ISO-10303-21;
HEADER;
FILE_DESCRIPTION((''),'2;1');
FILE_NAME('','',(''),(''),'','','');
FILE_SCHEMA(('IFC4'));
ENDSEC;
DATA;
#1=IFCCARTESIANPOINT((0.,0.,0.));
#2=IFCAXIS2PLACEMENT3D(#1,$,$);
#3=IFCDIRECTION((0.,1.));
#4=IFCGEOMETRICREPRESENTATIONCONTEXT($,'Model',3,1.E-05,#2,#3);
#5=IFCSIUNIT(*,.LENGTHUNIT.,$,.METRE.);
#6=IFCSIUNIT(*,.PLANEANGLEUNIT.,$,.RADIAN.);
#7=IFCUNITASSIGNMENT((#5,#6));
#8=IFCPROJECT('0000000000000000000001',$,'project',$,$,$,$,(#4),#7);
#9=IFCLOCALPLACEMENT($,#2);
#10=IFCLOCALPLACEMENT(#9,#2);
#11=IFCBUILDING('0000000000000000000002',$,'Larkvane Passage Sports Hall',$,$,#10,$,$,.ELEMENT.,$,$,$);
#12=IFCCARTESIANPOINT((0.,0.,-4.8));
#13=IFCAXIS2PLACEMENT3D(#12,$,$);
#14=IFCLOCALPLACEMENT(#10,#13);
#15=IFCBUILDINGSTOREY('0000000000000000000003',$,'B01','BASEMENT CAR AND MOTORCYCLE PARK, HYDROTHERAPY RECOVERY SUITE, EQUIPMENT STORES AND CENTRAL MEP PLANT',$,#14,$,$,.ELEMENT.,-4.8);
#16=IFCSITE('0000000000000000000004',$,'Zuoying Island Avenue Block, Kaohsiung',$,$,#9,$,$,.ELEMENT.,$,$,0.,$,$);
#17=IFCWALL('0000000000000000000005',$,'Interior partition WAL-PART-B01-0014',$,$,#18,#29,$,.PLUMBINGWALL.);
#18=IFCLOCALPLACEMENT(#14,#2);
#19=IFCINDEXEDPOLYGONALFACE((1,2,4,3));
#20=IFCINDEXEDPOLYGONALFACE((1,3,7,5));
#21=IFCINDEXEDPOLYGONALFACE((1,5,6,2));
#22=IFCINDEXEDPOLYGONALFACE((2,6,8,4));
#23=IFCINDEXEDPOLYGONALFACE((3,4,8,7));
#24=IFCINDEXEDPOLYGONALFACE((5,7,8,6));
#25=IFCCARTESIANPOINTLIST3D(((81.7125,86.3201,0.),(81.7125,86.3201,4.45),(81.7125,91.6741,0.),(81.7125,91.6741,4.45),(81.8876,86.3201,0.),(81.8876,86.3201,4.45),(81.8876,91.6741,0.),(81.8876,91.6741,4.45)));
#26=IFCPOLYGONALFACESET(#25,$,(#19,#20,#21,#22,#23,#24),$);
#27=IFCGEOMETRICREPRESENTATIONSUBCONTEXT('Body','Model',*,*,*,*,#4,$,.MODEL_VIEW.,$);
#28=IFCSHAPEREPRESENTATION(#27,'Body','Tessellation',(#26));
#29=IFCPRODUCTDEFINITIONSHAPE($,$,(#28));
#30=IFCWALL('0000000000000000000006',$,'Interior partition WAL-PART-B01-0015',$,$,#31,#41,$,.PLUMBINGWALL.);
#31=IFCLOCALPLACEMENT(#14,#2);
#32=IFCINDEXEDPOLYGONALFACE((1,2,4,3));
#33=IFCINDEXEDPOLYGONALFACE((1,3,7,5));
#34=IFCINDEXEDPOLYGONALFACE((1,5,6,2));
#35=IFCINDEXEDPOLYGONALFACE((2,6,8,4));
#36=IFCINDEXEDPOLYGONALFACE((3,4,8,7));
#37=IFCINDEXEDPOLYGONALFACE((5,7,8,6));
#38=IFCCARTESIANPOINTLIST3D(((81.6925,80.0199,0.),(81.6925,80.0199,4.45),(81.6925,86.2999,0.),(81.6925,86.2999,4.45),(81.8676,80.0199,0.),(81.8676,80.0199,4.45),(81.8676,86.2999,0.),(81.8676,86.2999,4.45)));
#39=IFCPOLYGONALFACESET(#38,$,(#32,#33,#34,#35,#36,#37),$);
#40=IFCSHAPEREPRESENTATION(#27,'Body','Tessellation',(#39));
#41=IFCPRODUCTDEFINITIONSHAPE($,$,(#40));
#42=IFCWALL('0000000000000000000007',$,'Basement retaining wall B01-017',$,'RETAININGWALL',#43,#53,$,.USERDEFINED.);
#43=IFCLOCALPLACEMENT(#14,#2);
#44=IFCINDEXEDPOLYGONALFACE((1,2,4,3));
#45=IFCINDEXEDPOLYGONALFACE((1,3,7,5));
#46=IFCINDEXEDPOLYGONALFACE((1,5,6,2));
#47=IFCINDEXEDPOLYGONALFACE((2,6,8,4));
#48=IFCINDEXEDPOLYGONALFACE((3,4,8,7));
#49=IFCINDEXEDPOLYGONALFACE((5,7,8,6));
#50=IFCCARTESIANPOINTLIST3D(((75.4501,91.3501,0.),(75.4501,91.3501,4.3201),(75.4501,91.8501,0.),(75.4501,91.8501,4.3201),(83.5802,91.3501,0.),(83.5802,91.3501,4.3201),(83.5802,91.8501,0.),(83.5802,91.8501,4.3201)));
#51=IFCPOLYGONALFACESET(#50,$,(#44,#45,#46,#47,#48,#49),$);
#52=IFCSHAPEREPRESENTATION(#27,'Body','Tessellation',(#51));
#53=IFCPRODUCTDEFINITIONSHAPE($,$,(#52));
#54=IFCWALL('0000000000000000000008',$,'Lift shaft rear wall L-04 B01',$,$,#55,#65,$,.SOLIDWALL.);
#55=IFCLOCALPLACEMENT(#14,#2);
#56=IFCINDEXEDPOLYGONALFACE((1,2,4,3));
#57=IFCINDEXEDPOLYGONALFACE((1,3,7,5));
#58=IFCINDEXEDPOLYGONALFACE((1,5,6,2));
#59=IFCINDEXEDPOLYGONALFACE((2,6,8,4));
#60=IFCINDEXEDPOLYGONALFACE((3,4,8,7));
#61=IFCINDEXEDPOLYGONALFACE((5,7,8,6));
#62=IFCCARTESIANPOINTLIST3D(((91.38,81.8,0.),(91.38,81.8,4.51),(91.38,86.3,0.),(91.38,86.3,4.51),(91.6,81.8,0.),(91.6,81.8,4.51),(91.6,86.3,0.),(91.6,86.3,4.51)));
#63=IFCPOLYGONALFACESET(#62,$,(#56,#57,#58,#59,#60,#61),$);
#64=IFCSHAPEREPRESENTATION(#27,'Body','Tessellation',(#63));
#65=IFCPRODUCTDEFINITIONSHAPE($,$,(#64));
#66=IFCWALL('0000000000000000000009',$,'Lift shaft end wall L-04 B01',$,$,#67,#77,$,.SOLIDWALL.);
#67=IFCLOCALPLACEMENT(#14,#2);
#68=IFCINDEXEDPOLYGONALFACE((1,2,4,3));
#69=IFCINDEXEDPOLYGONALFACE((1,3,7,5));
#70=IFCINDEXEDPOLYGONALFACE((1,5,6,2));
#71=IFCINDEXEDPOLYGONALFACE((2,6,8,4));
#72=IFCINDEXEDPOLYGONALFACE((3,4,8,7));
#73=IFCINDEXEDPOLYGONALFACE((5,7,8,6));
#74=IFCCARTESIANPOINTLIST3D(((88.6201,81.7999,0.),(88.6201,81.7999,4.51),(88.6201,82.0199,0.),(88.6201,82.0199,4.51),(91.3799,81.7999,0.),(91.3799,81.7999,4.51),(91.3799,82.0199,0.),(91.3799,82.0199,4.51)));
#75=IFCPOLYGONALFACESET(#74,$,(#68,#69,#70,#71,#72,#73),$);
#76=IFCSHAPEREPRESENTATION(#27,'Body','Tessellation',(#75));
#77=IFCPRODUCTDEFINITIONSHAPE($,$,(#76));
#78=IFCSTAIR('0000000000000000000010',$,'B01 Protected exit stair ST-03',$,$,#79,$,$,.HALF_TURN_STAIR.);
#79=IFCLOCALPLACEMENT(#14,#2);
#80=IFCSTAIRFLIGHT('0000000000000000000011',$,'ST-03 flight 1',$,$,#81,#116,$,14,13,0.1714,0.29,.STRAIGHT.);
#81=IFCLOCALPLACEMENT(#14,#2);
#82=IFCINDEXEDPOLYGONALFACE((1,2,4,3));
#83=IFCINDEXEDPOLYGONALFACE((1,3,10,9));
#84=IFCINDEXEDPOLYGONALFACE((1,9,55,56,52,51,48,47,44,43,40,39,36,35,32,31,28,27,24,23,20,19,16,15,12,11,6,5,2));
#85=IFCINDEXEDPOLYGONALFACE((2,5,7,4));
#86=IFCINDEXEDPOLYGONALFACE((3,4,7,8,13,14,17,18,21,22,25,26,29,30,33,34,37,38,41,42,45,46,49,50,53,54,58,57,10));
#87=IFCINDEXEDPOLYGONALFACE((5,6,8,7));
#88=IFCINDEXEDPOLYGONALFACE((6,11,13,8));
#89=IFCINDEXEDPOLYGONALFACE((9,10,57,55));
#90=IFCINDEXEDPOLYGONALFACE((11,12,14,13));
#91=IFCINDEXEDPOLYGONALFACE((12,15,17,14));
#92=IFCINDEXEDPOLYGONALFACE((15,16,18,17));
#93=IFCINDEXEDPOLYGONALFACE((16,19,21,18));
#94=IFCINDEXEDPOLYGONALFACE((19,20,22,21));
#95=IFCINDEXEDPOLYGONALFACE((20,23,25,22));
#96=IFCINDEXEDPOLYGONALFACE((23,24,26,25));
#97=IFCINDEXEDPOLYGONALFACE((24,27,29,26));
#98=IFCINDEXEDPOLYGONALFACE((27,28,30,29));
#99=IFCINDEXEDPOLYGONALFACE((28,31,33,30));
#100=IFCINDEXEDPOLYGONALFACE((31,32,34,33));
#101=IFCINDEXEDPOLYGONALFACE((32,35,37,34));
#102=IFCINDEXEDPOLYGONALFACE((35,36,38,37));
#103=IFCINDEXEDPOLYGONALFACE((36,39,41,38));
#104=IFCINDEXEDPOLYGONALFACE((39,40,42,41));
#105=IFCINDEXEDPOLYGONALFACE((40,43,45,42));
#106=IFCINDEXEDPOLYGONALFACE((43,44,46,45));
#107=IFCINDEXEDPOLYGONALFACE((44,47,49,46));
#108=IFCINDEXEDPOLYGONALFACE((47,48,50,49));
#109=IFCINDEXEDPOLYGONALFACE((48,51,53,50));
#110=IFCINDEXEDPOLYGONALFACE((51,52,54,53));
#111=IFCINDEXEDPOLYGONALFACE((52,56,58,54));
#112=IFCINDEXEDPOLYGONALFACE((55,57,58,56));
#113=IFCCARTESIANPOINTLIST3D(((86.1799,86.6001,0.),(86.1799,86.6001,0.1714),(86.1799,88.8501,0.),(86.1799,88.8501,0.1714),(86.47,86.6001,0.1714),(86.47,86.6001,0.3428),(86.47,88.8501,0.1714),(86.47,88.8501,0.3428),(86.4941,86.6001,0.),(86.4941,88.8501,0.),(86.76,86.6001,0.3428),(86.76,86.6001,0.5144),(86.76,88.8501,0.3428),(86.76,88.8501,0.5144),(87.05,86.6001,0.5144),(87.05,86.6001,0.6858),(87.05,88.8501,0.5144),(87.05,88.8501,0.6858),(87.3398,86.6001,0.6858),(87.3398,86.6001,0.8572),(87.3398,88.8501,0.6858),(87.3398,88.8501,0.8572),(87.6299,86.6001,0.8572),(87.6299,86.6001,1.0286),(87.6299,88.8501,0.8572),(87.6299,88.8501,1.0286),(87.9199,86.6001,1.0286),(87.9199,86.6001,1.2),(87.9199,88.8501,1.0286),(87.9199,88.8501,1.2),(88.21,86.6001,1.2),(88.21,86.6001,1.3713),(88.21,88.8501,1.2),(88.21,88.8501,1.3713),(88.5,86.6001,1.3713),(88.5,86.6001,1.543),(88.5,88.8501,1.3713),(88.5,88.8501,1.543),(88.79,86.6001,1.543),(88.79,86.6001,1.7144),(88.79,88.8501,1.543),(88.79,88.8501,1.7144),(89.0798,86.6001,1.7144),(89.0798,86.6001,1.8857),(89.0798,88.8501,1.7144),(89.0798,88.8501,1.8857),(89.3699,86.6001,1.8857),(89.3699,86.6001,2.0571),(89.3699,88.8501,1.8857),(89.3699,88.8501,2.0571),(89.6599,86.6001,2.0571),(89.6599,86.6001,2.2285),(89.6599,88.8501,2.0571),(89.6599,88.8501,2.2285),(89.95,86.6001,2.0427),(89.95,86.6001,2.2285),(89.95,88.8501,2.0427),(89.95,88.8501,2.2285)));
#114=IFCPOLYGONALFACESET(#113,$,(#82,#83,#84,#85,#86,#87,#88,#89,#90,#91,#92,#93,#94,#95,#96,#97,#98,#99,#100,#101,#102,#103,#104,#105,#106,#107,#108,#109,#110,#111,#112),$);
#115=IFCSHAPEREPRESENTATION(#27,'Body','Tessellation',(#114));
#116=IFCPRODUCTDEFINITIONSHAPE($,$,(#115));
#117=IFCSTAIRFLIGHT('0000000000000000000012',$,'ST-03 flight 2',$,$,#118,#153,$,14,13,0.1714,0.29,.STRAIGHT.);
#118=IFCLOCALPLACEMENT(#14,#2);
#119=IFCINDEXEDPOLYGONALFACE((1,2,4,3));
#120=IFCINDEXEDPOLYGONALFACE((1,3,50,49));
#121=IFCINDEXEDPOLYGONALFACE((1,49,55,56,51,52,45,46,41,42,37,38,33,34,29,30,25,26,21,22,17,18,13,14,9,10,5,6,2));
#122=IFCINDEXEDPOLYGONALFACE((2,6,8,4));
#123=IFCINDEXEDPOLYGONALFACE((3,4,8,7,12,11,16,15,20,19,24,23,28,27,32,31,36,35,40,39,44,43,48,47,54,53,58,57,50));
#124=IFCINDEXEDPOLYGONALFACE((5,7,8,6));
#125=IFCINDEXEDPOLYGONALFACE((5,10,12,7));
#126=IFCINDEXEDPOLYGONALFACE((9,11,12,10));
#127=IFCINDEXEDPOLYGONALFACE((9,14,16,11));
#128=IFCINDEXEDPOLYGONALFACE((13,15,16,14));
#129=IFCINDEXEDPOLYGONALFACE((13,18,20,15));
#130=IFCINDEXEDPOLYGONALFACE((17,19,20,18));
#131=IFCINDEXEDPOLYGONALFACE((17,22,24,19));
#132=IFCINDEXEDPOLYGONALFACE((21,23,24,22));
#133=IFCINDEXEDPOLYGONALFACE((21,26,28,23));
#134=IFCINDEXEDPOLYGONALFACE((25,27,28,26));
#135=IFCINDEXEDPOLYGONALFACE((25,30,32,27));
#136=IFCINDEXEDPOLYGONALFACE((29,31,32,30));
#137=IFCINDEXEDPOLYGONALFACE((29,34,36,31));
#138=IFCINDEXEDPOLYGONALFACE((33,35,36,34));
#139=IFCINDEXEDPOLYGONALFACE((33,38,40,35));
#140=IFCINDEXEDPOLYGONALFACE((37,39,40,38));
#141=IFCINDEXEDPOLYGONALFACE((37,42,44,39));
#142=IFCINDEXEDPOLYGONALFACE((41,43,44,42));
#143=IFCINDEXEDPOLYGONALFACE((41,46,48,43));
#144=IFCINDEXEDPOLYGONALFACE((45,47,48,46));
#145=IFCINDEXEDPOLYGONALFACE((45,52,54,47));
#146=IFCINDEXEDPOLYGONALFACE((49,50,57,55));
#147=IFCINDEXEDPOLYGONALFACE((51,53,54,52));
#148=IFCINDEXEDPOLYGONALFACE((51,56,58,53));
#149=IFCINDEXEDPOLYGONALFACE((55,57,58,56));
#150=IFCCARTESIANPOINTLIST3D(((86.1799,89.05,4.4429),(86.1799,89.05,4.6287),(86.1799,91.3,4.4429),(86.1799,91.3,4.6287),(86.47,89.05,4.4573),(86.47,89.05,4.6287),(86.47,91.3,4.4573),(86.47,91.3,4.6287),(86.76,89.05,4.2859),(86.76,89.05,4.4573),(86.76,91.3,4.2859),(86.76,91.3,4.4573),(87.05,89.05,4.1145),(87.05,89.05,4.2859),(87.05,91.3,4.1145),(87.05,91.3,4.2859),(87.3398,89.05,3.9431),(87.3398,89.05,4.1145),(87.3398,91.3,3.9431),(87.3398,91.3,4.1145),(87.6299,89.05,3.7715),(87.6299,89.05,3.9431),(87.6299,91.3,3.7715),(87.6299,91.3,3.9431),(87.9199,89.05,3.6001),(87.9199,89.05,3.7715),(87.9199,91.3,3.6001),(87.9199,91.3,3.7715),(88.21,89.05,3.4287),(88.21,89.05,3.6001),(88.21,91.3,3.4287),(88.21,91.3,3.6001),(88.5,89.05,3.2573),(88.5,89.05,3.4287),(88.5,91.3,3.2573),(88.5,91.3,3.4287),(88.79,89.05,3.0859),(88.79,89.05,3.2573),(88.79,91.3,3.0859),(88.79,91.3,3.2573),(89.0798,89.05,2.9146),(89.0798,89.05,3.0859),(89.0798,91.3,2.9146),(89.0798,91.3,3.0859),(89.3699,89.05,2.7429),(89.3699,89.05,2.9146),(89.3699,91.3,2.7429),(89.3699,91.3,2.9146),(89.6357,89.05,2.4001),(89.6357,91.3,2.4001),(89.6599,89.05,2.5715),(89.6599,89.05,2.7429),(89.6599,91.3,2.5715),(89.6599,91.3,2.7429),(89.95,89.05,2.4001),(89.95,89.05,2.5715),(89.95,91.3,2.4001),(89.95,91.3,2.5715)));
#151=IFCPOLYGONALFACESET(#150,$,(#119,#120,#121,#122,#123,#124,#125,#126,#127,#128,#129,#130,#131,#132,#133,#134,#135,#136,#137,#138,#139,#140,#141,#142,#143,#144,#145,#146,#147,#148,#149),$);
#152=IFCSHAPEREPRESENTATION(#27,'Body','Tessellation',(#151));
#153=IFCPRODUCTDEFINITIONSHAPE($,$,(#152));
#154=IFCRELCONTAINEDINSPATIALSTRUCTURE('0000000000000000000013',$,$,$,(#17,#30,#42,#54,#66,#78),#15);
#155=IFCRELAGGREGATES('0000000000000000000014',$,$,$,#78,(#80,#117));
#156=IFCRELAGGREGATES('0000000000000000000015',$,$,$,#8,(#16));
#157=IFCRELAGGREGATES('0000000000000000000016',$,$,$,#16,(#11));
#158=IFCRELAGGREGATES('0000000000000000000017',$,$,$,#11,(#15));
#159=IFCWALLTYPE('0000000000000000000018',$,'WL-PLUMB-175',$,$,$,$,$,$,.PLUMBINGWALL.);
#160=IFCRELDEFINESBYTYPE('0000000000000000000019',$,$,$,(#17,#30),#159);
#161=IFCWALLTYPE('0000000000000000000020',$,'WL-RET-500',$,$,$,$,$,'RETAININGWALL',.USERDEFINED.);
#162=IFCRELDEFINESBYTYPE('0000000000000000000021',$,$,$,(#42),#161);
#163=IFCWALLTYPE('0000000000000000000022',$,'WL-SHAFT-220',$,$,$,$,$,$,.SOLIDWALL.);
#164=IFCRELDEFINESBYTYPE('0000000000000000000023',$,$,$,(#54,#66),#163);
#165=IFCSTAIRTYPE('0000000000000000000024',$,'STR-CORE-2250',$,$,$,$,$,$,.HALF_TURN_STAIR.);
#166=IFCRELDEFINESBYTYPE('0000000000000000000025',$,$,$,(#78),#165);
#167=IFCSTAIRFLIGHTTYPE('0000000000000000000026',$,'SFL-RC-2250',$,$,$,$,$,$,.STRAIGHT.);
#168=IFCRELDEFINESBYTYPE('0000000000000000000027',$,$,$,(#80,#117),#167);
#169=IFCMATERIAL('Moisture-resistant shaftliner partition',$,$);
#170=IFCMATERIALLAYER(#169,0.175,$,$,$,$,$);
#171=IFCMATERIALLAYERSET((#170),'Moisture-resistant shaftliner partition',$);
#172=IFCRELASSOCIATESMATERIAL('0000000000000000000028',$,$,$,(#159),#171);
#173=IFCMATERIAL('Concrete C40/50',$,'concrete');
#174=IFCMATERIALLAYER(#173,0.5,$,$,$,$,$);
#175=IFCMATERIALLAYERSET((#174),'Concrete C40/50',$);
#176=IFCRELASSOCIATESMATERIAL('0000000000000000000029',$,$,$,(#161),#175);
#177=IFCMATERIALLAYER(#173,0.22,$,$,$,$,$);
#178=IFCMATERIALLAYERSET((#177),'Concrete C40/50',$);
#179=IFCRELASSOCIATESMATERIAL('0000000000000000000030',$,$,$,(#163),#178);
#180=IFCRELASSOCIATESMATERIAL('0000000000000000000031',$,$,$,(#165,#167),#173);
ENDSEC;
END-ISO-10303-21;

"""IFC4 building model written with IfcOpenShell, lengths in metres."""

from ifc_helpers import new_model, si_unit, direction, frame, frame_2d, origin, place, context, subcontext, project, spatial, polyline, rectangle, outline, extrude, material, layer, layer_set, type_object, element, aggregate, save


model = new_model("IFC4")

# Units and contexts
model_context = context("Model", 3, precision=1e-05, world=origin(), true_north=direction((0.0, 1.0)))
body_context = subcontext(model_context, "Body", "Model", "MODEL_VIEW")
ifc_project = project(units=[si_unit("LENGTHUNIT", "METRE"), si_unit("PLANEANGLEUNIT", "RADIAN")], contexts=[model_context])

# Site, building, storey
site_placement = place(None, origin())
site = spatial("IfcSite", under=ifc_project, at=site_placement, Name="Zuoying Island Avenue Block, Kaohsiung", CompositionType="ELEMENT", RefElevation=0.0)
building_placement = place(site_placement, origin())
building = spatial("IfcBuilding", under=site, at=building_placement, Name="Larkvane Passage Sports Hall", CompositionType="ELEMENT")
storey_placement = place(building_placement, frame((0.0, 0.0, -4.8)))
storey = spatial("IfcBuildingStorey", under=building, at=storey_placement, Name="B01", Description="BASEMENT CAR AND MOTORCYCLE PARK, HYDROTHERAPY RECOVERY SUITE, EQUIPMENT STORES AND CENTRAL MEP PLANT", CompositionType="ELEMENT", Elevation=-4.8)

# Shared definitions
ifc_material_1 = material(Name="Concrete C40/50", Category="concrete")

# Walls
ifc_material_2 = material(Name="Moisture-resistant shaftliner partition")
ifc_layer_1 = layer(ifc_material_2, 0.175)
ifc_layer_set_1 = layer_set([ifc_layer_1], Name="Moisture-resistant shaftliner partition")
wall_type_1 = type_object("IfcWallType", Name="WL-PLUMB-175", PredefinedType="PLUMBINGWALL", material=ifc_layer_set_1)
wall_1_placement = place(storey_placement, frame((81.8, 91.6741, 0.0), z_axis=(0.0, 0.0, 1.0), x_axis=(0.0, -1.0, 0.0)))
element("IfcWall", 1, at=wall_1_placement, inside=storey, type_object=wall_type_1, Name="Interior partition WAL-PART-B01-0014", PredefinedType="PLUMBINGWALL", context=body_context, shape_type="SweptSolid", body=[
    extrude(rectangle(XDim=5.354, YDim=0.175, at=frame_2d((2.677, 0.0))), origin(), (0.0, 0.0, 1.0), 4.45),
])
wall_2_placement = place(storey_placement, frame((81.78, 86.3, 0.0), z_axis=(0.0, 0.0, 1.0), x_axis=(0.0, -1.0, 0.0)))
element("IfcWall", 2, at=wall_2_placement, inside=storey, type_object=wall_type_1, Name="Interior partition WAL-PART-B01-0015", PredefinedType="PLUMBINGWALL", context=body_context, shape_type="SweptSolid", body=[
    extrude(rectangle(XDim=6.28, YDim=0.175, at=frame_2d((3.1401, 0.0))), origin(), (0.0, 0.0, 1.0), 4.45),
])
ifc_layer_2 = layer(ifc_material_1, 0.5)
ifc_layer_set_2 = layer_set([ifc_layer_2], Name="Concrete C40/50")
wall_type_2 = type_object("IfcWallType", Name="WL-RET-500", ElementType="RETAININGWALL", PredefinedType="USERDEFINED", material=ifc_layer_set_2)
wall_3_placement = place(storey_placement, frame((83.5801, 91.6001, 0.0), z_axis=(0.0, 0.0, 1.0), x_axis=(-1.0, 0.0, 0.0)))
element("IfcWall", 3, at=wall_3_placement, inside=storey, type_object=wall_type_2, Name="Basement retaining wall B01-017", ObjectType="RETAININGWALL", PredefinedType="USERDEFINED", context=body_context, shape_type="SweptSolid", body=[
    extrude(rectangle(XDim=8.1301, YDim=0.5, at=frame_2d((4.0649, 0.0))), origin(), (0.0, 0.0, 1.0), 4.3201),
])
ifc_layer_3 = layer(ifc_material_1, 0.22)
ifc_layer_set_3 = layer_set([ifc_layer_3], Name="Concrete C40/50")
wall_type_3 = type_object("IfcWallType", Name="WL-SHAFT-220", PredefinedType="SOLIDWALL", material=ifc_layer_set_3)
wall_4_placement = place(storey_placement, frame((91.49, 81.8, 0.0), z_axis=(0.0, 0.0, 1.0), x_axis=(0.0, 1.0, 0.0)))
element("IfcWall", 4, at=wall_4_placement, inside=storey, type_object=wall_type_3, Name="Lift shaft rear wall L-04 B01", PredefinedType="SOLIDWALL", context=body_context, shape_type="SweptSolid", body=[
    extrude(rectangle(XDim=4.5, YDim=0.22, at=frame_2d((2.25, 0.0))), origin(), (0.0, 0.0, 1.0), 4.51),
])
wall_5_placement = place(storey_placement, frame((88.6201, 81.9099, 0.0), z_axis=(0.0, 0.0, 1.0), x_axis=(1.0, 0.0, 0.0)))
element("IfcWall", 5, at=wall_5_placement, inside=storey, type_object=wall_type_3, Name="Lift shaft end wall L-04 B01", PredefinedType="SOLIDWALL", context=body_context, shape_type="SweptSolid", body=[
    extrude(rectangle(XDim=2.7598, YDim=0.22, at=frame_2d((1.3799, 0.0))), origin(), (0.0, 0.0, 1.0), 4.51),
])

# Stair, stair flights
stair_type = type_object("IfcStairType", Name="STR-CORE-2250", PredefinedType="HALF_TURN_STAIR", material=ifc_material_1)
stair_placement = place(storey_placement, origin())
stair = element("IfcStair", 6, at=stair_placement, inside=storey, type_object=stair_type, Name="B01 Protected exit stair ST-03", PredefinedType="HALF_TURN_STAIR")
stair_flight_type = type_object("IfcStairFlightType", Name="SFL-RC-2250", PredefinedType="STRAIGHT", material=ifc_material_1)
stair_flight_1_placement = place(storey_placement, frame((86.1799, 87.7251, 0.0), z_axis=(0.0, 0.0, 1.0), x_axis=(1.0, 0.0, 0.0)))
stair_flight_1 = element("IfcStairFlight", 7, at=stair_flight_1_placement, type_object=stair_flight_type, Name="ST-03 flight 1", NumberOfRisers=14, NumberOfTreads=13, PredefinedType="STRAIGHT", RiserHeight=0.1714, TreadLength=0.29, context=body_context, shape_type="SweptSolid", body=[
    extrude(outline(polyline([(0.0, 0.0), (0.0, 0.1714), (0.29, 0.1714), (0.29, 0.3428), (0.5801, 0.3428), (0.5801, 0.5144), (0.8701, 0.5144), (0.8701, 0.6858), (1.1599, 0.6858), (1.1599, 0.8572), (1.45, 0.8572), (1.45, 1.0286), (1.74, 1.0286), (1.74, 1.2), (2.03, 1.2), (2.03, 1.3713), (2.3201, 1.3713), (2.3201, 1.543), (2.6101, 1.543), (2.6101, 1.7144), (2.8999, 1.7144), (2.8999, 1.8857), (3.1899, 1.8857), (3.1899, 2.0571), (3.48, 2.0571), (3.48, 2.2285), (3.77, 2.2285), (3.77, 2.3999), (3.77, 2.0427), (0.3142, 0.0), (0.0, 0.0)])), frame((0.0, 1.125, 0.0), z_axis=(0.0, -1.0, 0.0), x_axis=(1.0, 0.0, 0.0)), (0.0, 0.0, 1.0), 2.25),
])
stair_flight_2_placement = place(storey_placement, frame((89.95, 90.175, 2.4001), z_axis=(0.0, 0.0, 1.0), x_axis=(-1.0, 0.0, 0.0)))
stair_flight_2 = element("IfcStairFlight", 8, at=stair_flight_2_placement, type_object=stair_flight_type, Name="ST-03 flight 2", NumberOfRisers=14, NumberOfTreads=13, PredefinedType="STRAIGHT", RiserHeight=0.1714, TreadLength=0.29, context=body_context, shape_type="SweptSolid", body=[
    extrude(outline(polyline([(0.0, 0.0), (0.0, 0.1714), (0.29, 0.1714), (0.29, 0.3428), (0.5801, 0.3428), (0.5801, 0.5144), (0.8701, 0.5144), (0.8701, 0.6858), (1.1599, 0.6858), (1.1599, 0.8572), (1.45, 0.8572), (1.45, 1.0286), (1.74, 1.0286), (1.74, 1.2), (2.03, 1.2), (2.03, 1.3713), (2.3201, 1.3713), (2.3201, 1.543), (2.6101, 1.543), (2.6101, 1.7144), (2.8999, 1.7144), (2.8999, 1.8857), (3.1899, 1.8857), (3.1899, 2.0571), (3.48, 2.0571), (3.48, 2.2285), (3.77, 2.2285), (3.77, 2.3999), (3.77, 2.0427), (0.3142, 0.0), (0.0, 0.0)])), frame((0.0, 1.125, 0.0), z_axis=(0.0, -1.0, 0.0), x_axis=(1.0, 0.0, 0.0)), (0.0, 0.0, 1.0), 2.25),
])
aggregate(stair, [stair_flight_1, stair_flight_2])

save(model, "model.ifc")
